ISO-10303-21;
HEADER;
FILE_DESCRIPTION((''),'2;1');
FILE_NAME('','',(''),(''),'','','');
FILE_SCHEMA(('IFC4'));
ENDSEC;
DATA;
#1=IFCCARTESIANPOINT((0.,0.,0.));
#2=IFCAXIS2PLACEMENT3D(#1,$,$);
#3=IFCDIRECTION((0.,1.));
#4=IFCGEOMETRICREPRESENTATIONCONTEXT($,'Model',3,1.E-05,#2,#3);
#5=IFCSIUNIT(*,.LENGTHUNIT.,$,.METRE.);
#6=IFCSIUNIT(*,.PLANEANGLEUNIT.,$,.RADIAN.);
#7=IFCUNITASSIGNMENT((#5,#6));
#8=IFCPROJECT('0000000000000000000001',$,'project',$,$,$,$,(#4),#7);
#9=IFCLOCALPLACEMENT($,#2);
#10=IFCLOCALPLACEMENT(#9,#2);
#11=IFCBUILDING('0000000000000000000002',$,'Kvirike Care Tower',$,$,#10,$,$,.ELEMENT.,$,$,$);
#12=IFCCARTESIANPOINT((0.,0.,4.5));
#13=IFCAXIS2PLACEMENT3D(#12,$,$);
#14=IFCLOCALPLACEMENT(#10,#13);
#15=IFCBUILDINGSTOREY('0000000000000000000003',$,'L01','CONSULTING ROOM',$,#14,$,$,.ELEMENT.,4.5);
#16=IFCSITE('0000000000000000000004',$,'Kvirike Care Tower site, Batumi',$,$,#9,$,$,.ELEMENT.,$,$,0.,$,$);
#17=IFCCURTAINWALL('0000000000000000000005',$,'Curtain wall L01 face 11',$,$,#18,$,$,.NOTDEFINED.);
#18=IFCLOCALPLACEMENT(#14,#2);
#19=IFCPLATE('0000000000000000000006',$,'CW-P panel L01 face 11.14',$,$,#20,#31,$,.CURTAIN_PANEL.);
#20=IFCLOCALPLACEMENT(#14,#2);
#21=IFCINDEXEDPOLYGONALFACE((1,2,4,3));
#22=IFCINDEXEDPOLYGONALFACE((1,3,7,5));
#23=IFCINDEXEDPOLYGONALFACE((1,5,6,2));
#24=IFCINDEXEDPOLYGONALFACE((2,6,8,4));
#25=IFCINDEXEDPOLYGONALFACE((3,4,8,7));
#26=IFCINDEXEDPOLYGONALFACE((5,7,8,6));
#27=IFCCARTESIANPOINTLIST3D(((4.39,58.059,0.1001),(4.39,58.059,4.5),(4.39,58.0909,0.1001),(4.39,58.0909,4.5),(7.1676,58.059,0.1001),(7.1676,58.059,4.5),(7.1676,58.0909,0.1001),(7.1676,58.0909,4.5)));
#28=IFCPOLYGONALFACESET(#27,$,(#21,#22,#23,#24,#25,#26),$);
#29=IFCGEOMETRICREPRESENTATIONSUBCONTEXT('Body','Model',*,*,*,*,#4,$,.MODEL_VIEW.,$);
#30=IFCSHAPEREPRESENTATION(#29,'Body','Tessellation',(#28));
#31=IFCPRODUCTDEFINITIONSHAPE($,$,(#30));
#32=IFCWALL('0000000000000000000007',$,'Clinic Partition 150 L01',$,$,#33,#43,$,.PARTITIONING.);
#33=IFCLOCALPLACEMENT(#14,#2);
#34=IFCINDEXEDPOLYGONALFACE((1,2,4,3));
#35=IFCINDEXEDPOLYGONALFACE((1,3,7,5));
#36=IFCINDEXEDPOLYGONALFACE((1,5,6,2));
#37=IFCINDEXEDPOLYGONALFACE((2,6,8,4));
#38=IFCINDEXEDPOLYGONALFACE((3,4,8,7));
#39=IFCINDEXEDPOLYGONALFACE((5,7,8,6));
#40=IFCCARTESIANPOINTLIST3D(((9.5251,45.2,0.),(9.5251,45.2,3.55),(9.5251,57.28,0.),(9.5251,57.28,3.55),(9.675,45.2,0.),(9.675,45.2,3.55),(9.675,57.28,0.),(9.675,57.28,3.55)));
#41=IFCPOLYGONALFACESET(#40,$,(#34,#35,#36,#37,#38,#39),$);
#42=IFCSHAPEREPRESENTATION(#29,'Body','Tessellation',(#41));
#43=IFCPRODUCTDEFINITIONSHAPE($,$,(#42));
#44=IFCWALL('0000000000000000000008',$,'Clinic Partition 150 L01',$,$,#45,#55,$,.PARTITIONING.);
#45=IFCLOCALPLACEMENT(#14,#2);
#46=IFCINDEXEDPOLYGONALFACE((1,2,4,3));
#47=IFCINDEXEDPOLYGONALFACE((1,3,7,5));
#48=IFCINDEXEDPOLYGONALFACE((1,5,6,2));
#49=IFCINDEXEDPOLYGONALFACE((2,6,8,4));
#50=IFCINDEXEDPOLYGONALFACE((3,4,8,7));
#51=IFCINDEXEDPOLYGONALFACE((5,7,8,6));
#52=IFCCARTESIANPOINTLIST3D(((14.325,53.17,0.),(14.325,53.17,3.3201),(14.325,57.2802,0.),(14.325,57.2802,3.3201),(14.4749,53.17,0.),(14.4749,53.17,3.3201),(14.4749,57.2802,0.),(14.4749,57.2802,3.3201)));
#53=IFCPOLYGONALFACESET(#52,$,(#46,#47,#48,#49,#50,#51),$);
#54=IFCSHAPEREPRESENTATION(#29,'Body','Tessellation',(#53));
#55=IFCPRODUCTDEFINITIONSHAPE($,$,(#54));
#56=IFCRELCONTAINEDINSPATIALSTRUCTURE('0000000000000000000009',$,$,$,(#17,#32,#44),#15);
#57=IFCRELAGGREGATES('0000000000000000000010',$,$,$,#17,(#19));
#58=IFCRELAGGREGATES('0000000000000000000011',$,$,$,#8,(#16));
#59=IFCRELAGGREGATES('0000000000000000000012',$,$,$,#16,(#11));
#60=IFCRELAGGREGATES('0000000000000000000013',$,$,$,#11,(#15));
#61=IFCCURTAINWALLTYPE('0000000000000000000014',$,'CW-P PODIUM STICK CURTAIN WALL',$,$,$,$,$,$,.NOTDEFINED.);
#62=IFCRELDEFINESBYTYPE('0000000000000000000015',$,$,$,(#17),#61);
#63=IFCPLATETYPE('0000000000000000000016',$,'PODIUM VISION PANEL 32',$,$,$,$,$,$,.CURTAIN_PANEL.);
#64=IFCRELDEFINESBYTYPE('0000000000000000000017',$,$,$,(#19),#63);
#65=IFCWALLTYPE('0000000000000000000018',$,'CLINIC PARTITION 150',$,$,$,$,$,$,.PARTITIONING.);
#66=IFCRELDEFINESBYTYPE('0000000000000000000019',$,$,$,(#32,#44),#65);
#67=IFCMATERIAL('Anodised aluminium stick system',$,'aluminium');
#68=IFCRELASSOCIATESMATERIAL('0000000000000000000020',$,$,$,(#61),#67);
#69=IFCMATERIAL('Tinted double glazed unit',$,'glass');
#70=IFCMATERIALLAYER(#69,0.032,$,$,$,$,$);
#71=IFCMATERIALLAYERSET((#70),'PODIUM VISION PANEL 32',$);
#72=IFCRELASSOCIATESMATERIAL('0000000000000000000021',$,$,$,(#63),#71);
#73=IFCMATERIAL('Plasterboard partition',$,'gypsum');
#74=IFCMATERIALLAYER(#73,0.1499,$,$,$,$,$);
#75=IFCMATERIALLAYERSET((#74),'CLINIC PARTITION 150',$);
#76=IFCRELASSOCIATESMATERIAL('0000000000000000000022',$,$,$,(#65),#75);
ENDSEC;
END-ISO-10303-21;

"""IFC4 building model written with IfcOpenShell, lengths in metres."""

from ifc_helpers import new_model, si_unit, direction, frame, frame_2d, origin, origin_2d, place, context, subcontext, project, spatial, rectangle, extrude, material, layer, layer_set, type_object, element, aggregate, save


model = new_model("IFC4")

# Units and contexts
model_context = context("Model", 3, precision=1e-05, world=origin(), true_north=direction((0.0, 1.0)))
body_context = subcontext(model_context, "Body", "Model", "MODEL_VIEW")
ifc_project = project(units=[si_unit("LENGTHUNIT", "METRE"), si_unit("PLANEANGLEUNIT", "RADIAN")], contexts=[model_context])

# Site, building, storey
site_placement = place(None, origin())
site = spatial("IfcSite", under=ifc_project, at=site_placement, Name="Kvirike Care Tower site, Batumi", CompositionType="ELEMENT", RefElevation=0.0)
building_placement = place(site_placement, origin())
building = spatial("IfcBuilding", under=site, at=building_placement, Name="Kvirike Care Tower", CompositionType="ELEMENT")
storey_placement = place(building_placement, frame((0.0, 0.0, 4.5)))
storey = spatial("IfcBuildingStorey", under=building, at=storey_placement, Name="L01", Description="CONSULTING ROOM", CompositionType="ELEMENT", Elevation=4.5)

# Curtain wall
ifc_material_1 = material(Name="Anodised aluminium stick system", Category="aluminium")
curtain_wall_type = type_object("IfcCurtainWallType", Name="CW-P PODIUM STICK CURTAIN WALL", PredefinedType="NOTDEFINED", material=ifc_material_1)
curtain_wall_placement = place(storey_placement, origin())
curtain_wall = element("IfcCurtainWall", 1, at=curtain_wall_placement, inside=storey, type_object=curtain_wall_type, Name="Curtain wall L01 face 11", PredefinedType="NOTDEFINED")

# Plate
ifc_material_2 = material(Name="Tinted double glazed unit", Category="glass")
ifc_layer_1 = layer(ifc_material_2, 0.032)
ifc_layer_set_1 = layer_set([ifc_layer_1], Name="PODIUM VISION PANEL 32")
plate_type = type_object("IfcPlateType", Name="PODIUM VISION PANEL 32", PredefinedType="CURTAIN_PANEL", material=ifc_layer_set_1)
plate_1_placement = place(storey_placement, frame((5.7788, 58.075, 0.1001), z_axis=(0.0, 0.0, 1.0), x_axis=(-1.0, 0.0, 0.0)))
plate_1 = element("IfcPlate", 2, at=plate_1_placement, type_object=plate_type, Name="CW-P panel L01 face 11.14", PredefinedType="CURTAIN_PANEL", context=body_context, shape_type="SweptSolid", body=[
    extrude(rectangle(XDim=2.7776, YDim=0.032, at=origin_2d()), origin(), (0.0, 0.0, 1.0), 4.3999),
])
aggregate(curtain_wall, [plate_1])

# Walls
ifc_material_3 = material(Name="Plasterboard partition", Category="gypsum")
ifc_layer_2 = layer(ifc_material_3, 0.1499)
ifc_layer_set_2 = layer_set([ifc_layer_2], Name="CLINIC PARTITION 150")
wall_type = type_object("IfcWallType", Name="CLINIC PARTITION 150", PredefinedType="PARTITIONING", material=ifc_layer_set_2)
wall_1_placement = place(storey_placement, frame((9.6001, 57.28, 0.0), z_axis=(0.0, 0.0, 1.0), x_axis=(0.0, -1.0, 0.0)))
element("IfcWall", 3, at=wall_1_placement, inside=storey, type_object=wall_type, Name="Clinic Partition 150 L01", PredefinedType="PARTITIONING", context=body_context, shape_type="SweptSolid", body=[
    extrude(rectangle(XDim=12.0801, YDim=0.1499, at=frame_2d((6.04, 0.0))), origin(), (0.0, 0.0, 1.0), 3.55),
])
wall_2_placement = place(storey_placement, frame((14.3999, 53.1699, 0.0), z_axis=(0.0, 0.0, 1.0), x_axis=(0.0, 1.0, 0.0)))
element("IfcWall", 4, at=wall_2_placement, inside=storey, type_object=wall_type, Name="Clinic Partition 150 L01", PredefinedType="PARTITIONING", context=body_context, shape_type="SweptSolid", body=[
    extrude(rectangle(XDim=4.1101, YDim=0.1499, at=frame_2d((2.0552, 0.0))), origin(), (0.0, 0.0, 1.0), 3.3201),
])

save(model, "model.ifc")
